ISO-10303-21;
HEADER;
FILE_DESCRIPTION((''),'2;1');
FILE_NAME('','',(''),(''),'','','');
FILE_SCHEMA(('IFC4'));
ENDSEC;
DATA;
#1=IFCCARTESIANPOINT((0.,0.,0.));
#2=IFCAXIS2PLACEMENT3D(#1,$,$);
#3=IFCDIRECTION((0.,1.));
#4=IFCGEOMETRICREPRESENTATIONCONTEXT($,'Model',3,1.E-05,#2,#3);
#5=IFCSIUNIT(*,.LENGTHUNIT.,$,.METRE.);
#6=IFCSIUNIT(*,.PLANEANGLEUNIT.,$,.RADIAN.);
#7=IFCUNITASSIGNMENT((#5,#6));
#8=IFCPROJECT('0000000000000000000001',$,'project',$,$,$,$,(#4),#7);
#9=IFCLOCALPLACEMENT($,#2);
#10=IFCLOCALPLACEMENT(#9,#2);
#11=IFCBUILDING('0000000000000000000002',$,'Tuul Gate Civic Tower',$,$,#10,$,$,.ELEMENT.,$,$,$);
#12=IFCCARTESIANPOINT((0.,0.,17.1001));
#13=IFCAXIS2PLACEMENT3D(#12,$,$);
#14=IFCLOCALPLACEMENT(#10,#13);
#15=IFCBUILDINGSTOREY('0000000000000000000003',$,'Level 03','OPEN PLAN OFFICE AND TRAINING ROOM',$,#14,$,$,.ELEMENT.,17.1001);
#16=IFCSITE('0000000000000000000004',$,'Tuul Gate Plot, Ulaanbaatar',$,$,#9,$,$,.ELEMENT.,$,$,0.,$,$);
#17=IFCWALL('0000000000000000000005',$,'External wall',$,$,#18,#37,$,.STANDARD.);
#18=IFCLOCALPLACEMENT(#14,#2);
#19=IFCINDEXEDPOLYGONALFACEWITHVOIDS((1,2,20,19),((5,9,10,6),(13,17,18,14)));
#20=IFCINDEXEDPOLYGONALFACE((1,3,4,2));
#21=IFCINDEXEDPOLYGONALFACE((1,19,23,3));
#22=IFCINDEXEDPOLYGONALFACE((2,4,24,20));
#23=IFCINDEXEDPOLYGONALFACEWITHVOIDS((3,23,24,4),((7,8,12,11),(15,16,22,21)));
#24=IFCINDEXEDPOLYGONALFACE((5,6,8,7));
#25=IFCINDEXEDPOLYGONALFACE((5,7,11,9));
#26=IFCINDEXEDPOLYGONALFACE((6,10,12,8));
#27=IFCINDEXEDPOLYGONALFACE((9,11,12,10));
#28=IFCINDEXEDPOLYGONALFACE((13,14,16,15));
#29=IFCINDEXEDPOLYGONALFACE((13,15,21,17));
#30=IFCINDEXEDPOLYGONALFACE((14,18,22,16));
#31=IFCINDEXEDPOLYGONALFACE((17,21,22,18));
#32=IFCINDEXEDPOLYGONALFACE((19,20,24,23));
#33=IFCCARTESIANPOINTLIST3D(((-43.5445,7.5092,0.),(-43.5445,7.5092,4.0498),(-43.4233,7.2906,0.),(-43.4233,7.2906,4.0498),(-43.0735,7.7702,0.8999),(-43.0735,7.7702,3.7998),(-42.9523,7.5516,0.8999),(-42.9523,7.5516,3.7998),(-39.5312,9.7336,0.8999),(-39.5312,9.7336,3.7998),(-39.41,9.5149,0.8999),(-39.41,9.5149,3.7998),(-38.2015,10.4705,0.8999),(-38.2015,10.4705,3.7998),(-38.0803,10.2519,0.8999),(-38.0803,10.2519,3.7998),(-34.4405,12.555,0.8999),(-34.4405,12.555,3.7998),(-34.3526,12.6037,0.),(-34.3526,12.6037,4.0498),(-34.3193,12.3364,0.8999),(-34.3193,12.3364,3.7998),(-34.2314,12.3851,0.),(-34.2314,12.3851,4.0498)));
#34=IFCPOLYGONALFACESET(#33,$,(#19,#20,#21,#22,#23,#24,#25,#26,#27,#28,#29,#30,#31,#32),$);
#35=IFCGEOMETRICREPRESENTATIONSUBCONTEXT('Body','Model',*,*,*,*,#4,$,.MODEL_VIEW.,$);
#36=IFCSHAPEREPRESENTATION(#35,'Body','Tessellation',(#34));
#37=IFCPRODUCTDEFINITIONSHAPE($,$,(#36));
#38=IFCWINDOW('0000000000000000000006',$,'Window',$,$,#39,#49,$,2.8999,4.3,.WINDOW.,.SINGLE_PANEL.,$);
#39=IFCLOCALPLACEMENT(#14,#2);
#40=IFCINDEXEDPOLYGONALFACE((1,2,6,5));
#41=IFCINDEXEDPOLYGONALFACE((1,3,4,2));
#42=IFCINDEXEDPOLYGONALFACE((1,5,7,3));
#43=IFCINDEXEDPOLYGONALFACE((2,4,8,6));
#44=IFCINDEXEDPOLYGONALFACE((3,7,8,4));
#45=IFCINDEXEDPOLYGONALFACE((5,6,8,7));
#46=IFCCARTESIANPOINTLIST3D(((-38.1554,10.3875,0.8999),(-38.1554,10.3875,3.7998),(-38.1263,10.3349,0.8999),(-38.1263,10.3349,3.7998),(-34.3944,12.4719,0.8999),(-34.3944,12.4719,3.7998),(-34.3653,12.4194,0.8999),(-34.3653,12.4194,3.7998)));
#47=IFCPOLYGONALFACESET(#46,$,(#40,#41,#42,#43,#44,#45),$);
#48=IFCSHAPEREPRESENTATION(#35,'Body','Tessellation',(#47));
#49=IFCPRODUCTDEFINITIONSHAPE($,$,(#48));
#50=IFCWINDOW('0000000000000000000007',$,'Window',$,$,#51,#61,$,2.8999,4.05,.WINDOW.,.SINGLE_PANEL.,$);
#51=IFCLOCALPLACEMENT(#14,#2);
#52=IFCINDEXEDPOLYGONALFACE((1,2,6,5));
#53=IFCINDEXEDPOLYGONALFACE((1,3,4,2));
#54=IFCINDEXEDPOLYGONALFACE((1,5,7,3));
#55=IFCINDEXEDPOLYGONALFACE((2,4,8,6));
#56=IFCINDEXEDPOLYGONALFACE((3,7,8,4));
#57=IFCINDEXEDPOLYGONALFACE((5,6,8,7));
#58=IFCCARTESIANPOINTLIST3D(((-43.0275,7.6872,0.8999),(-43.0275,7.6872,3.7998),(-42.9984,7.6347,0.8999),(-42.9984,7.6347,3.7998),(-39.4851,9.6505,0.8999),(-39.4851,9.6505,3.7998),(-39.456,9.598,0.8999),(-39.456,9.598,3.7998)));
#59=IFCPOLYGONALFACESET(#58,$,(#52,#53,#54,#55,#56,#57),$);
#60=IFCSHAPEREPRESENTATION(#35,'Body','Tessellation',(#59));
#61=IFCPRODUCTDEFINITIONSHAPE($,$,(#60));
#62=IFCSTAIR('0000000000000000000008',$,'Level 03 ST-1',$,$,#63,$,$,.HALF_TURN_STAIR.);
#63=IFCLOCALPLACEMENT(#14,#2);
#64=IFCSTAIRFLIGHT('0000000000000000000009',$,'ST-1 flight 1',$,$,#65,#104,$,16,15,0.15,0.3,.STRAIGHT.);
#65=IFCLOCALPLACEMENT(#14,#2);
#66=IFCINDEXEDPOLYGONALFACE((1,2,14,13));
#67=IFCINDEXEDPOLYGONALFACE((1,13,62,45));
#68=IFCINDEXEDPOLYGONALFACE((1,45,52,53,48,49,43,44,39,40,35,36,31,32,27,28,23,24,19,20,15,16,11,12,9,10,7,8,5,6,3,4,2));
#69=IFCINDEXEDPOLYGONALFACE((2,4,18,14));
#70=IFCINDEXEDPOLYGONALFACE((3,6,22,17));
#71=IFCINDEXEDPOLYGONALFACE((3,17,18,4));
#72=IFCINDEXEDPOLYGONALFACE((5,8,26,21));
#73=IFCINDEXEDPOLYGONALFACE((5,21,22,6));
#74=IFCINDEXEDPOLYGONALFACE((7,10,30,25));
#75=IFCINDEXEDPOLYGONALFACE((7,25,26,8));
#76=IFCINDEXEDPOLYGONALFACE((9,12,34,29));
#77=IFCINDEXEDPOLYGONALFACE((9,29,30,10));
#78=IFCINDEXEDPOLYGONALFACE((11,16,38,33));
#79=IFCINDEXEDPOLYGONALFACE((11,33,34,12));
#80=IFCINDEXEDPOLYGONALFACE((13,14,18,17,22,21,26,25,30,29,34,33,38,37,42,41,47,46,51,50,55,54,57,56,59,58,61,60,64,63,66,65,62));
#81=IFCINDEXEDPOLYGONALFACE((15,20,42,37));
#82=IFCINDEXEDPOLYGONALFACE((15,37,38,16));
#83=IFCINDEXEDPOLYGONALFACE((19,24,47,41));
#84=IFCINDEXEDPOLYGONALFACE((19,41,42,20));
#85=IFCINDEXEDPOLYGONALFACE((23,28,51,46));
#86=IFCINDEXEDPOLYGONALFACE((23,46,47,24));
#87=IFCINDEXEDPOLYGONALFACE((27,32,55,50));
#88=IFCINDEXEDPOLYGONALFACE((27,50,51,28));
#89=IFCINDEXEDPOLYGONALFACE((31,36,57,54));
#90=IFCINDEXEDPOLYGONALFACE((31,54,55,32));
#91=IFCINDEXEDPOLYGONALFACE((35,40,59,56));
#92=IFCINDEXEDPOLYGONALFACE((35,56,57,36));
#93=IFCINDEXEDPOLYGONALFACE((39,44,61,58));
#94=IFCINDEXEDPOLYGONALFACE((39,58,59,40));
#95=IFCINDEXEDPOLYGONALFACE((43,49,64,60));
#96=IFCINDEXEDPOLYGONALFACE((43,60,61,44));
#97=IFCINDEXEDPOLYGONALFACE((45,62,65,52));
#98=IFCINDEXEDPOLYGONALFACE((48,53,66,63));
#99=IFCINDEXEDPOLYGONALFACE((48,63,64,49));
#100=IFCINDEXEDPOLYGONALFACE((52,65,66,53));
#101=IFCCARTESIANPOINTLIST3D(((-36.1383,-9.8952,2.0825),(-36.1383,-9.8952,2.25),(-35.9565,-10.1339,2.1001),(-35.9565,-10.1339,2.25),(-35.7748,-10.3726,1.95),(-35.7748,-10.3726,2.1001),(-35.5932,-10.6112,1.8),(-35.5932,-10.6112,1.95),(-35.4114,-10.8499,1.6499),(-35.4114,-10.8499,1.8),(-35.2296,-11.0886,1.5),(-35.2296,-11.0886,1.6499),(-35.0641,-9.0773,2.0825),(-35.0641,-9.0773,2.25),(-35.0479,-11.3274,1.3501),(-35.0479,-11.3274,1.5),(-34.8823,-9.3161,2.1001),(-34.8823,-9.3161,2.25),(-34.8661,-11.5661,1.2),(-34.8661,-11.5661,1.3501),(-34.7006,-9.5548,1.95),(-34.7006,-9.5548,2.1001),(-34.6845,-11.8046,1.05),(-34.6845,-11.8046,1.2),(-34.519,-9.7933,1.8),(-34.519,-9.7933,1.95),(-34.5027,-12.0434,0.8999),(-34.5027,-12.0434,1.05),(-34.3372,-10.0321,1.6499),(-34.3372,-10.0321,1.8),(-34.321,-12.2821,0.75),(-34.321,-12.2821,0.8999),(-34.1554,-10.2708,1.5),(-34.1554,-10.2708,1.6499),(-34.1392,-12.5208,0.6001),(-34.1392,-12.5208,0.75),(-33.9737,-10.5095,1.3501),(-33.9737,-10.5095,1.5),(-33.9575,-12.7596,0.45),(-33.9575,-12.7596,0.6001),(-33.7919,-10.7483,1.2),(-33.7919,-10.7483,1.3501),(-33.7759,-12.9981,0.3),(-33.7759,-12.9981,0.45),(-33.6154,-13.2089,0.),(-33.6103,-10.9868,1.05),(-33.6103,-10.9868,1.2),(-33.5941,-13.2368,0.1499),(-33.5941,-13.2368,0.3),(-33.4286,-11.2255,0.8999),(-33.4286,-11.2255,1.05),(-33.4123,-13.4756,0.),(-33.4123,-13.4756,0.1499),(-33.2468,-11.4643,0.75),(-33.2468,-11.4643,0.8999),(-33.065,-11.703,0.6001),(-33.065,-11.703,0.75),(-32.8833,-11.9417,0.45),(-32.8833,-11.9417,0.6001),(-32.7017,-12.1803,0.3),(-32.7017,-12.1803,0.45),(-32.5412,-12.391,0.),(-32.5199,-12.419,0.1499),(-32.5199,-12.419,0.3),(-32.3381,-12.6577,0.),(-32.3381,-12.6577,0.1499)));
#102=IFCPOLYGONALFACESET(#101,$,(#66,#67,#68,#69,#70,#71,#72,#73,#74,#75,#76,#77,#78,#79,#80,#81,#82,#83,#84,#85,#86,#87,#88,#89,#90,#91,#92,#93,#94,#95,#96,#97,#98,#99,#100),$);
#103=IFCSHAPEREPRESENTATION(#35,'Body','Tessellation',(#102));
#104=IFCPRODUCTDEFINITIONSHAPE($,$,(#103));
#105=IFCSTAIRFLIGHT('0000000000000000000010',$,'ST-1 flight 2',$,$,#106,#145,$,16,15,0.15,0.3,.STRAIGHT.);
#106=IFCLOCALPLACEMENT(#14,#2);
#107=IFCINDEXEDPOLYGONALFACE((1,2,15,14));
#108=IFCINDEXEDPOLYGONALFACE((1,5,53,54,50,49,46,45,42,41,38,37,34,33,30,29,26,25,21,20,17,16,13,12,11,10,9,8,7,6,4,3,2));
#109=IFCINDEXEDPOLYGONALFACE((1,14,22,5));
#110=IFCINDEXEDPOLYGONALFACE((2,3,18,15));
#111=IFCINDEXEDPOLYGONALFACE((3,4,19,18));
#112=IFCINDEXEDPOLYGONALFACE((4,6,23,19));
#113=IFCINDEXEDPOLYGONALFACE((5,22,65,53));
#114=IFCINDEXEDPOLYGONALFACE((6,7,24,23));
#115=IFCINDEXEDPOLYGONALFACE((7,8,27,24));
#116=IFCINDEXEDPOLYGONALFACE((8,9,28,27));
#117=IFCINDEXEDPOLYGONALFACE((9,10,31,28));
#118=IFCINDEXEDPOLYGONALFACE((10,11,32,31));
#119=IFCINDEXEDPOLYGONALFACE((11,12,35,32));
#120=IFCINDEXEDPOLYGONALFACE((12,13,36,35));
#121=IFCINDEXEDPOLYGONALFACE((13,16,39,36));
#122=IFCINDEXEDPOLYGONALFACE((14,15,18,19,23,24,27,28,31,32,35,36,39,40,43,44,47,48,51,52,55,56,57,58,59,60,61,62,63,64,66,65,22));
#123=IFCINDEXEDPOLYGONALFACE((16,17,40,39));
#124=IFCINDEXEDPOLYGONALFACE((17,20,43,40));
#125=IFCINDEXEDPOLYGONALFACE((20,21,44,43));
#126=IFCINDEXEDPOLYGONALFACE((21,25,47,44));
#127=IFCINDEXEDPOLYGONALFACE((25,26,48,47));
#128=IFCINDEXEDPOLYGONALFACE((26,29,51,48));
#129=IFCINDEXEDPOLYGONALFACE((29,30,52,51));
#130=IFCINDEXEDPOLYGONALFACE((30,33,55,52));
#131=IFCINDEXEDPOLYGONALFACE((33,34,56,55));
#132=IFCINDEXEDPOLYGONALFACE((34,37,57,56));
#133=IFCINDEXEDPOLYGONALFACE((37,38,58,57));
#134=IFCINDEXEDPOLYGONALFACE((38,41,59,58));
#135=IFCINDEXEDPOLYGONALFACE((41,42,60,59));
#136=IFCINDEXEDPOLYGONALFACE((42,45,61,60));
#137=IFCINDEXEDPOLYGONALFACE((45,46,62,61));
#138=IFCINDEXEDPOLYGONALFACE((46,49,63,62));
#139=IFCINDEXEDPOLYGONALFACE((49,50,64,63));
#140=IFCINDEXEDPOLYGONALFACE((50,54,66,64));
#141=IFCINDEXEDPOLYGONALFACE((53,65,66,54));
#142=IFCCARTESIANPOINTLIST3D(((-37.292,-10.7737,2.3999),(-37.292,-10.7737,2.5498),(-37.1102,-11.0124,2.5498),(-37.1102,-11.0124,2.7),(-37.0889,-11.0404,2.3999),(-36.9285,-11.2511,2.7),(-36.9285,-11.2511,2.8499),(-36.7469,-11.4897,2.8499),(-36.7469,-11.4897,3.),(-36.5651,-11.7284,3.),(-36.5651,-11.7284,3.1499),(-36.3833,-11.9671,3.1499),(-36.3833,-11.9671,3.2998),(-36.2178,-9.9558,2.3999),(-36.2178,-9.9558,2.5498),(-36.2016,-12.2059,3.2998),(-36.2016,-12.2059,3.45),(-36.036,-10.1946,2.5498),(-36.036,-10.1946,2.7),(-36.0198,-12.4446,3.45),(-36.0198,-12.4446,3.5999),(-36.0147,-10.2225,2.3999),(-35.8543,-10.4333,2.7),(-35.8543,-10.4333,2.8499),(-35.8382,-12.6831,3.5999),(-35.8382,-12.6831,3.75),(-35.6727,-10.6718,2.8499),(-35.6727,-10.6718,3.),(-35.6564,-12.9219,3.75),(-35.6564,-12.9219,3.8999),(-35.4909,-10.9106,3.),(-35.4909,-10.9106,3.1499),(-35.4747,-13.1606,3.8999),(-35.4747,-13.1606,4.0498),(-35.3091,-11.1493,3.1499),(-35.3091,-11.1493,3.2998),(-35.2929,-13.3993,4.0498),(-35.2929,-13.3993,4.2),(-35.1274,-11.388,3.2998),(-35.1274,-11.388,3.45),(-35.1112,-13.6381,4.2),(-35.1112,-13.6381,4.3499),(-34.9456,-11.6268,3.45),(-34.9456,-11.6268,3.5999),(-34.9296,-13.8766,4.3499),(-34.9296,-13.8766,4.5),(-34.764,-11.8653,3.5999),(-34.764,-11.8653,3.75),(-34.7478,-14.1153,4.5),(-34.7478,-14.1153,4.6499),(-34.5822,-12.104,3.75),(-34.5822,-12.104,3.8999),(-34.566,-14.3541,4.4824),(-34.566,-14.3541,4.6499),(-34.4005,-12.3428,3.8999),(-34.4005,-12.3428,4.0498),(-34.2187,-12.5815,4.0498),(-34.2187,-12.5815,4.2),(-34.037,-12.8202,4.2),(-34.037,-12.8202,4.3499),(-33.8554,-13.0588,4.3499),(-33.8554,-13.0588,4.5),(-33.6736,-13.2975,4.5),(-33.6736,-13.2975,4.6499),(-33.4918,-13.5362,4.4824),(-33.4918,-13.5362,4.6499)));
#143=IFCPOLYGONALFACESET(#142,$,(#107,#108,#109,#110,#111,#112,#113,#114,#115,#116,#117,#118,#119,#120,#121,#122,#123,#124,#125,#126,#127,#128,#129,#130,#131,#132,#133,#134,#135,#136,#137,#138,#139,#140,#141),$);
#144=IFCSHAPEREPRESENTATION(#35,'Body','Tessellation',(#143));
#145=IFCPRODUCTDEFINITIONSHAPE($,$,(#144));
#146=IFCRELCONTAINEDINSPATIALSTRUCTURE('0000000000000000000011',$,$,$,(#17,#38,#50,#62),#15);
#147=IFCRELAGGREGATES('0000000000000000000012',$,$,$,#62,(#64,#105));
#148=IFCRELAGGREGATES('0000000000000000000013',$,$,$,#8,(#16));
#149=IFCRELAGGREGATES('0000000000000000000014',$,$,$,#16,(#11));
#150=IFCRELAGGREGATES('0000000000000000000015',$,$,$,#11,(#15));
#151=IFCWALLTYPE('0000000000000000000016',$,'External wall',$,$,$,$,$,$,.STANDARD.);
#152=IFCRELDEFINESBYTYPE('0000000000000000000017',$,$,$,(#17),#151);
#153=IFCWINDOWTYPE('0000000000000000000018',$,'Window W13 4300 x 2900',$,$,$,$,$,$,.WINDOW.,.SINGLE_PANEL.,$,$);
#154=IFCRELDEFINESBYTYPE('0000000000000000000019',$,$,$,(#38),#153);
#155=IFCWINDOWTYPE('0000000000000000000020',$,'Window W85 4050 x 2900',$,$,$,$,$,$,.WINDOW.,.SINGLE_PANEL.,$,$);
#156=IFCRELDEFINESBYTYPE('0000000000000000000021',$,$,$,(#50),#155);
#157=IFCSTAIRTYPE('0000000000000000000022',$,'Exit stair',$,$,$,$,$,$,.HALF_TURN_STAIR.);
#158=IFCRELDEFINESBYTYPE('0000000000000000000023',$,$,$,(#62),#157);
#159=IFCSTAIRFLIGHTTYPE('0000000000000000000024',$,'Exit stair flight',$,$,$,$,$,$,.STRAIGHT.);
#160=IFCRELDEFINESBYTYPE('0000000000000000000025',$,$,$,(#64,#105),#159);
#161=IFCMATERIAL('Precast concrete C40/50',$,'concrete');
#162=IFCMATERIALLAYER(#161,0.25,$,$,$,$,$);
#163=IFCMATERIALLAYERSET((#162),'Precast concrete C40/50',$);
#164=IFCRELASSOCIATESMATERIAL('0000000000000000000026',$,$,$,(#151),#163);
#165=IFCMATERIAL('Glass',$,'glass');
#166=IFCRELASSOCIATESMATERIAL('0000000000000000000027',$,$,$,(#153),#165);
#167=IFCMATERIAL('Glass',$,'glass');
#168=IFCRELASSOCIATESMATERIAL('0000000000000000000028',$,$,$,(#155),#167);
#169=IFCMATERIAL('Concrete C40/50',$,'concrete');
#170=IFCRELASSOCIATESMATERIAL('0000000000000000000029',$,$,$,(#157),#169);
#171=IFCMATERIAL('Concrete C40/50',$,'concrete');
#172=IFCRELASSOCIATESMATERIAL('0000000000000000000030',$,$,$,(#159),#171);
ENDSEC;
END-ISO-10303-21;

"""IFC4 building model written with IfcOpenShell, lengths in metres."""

from ifc_helpers import new_model, si_unit, direction, frame, frame_2d, origin, place, context, subcontext, project, spatial, polyline, rectangle, outline, extrude, material, layer, layer_set, type_object, element, fill, aggregate, save


model = new_model("IFC4")

# Units and contexts
model_context = context("Model", 3, precision=1e-05, world=origin(), true_north=direction((0.0, 1.0)))
body_context = subcontext(model_context, "Body", "Model", "MODEL_VIEW")
ifc_project = project(units=[si_unit("LENGTHUNIT", "METRE"), si_unit("PLANEANGLEUNIT", "RADIAN")], contexts=[model_context])

# Site, building, storey
site_placement = place(None, origin())
site = spatial("IfcSite", under=ifc_project, at=site_placement, Name="Tuul Gate Plot, Ulaanbaatar", CompositionType="ELEMENT", RefElevation=0.0)
building_placement = place(site_placement, origin())
building = spatial("IfcBuilding", under=site, at=building_placement, Name="Tuul Gate Civic Tower", CompositionType="ELEMENT")
storey_placement = place(building_placement, frame((0.0, 0.0, 17.1001)))
storey = spatial("IfcBuildingStorey", under=building, at=storey_placement, Name="Level 03", Description="OPEN PLAN OFFICE AND TRAINING ROOM", CompositionType="ELEMENT", Elevation=17.1001)

# Wall, openings, windows
ifc_material_1 = material(Name="Precast concrete C40/50", Category="concrete")
ifc_layer_1 = layer(ifc_material_1, 0.25)
ifc_layer_set_1 = layer_set([ifc_layer_1], Name="Precast concrete C40/50")
wall_type_1 = type_object("IfcWallType", Name="External wall", PredefinedType="STANDARD", material=ifc_layer_set_1)
wall_1_placement = place(storey_placement, frame((-34.292, 12.4944, 0.0), z_axis=(0.0, 0.0, 1.0), x_axis=(-0.874647, -0.484761, 0.0)))
wall_1 = element("IfcWall", 1, at=wall_1_placement, inside=storey, type_object=wall_type_1, Name="External wall", PredefinedType="STANDARD", context=body_context, shape_type="SweptSolid", body=[
    extrude(rectangle(XDim=10.5093, YDim=0.25, at=frame_2d((5.2546, 0.0))), origin(), (0.0, 0.0, 1.0), 4.0498),
])
opening_1_placement = place(wall_1_placement, frame((0.1006, 0.0, 0.8999)))
opening_1 = element("IfcOpeningElement", 2, at=opening_1_placement, cuts=wall_1, PredefinedType="OPENING", context=body_context, shape_type="SweptSolid", body=[
    extrude(rectangle(XDim=4.3, YDim=2.8999, at=frame_2d((2.1499, 1.45))), frame((0.0, 0.135, 0.0), z_axis=(0.0, -1.0, 0.0), x_axis=(1.0, 0.0, 0.0)), (0.0, 0.0, 1.0), 0.27),
])
opening_2_placement = place(wall_1_placement, frame((5.9209, 0.0, 0.8999)))
opening_2 = element("IfcOpeningElement", 3, at=opening_2_placement, cuts=wall_1, PredefinedType="OPENING", context=body_context, shape_type="SweptSolid", body=[
    extrude(rectangle(XDim=4.05, YDim=2.8999, at=frame_2d((2.0249, 1.45))), frame((0.0, 0.135, 0.0), z_axis=(0.0, -1.0, 0.0), x_axis=(1.0, 0.0, 0.0)), (0.0, 0.0, 1.0), 0.27),
])
ifc_material_2 = material(Name="Glass", Category="glass")
window_type_1 = type_object("IfcWindowType", Name="Window W13 4300 x 2900", PartitioningType="SINGLE_PANEL", PredefinedType="WINDOW", material=ifc_material_2)
window_1_placement = place(opening_1_placement, origin())
window_1 = element("IfcWindow", 4, at=window_1_placement, inside=storey, type_object=window_type_1, Name="Window", OverallHeight=2.8999, OverallWidth=4.3, PartitioningType="SINGLE_PANEL", PredefinedType="WINDOW", context=body_context, shape_type="SweptSolid", body=[
    extrude(rectangle(XDim=4.3, YDim=2.8999, at=frame_2d((2.1499, 1.45))), frame((0.0, 0.03, 0.0), z_axis=(0.0, -1.0, 0.0), x_axis=(1.0, 0.0, 0.0)), (0.0, 0.0, 1.0), 0.0601),
])
fill(opening_1, window_1)
ifc_material_3 = material(Name="Glass", Category="glass")
window_type_2 = type_object("IfcWindowType", Name="Window W85 4050 x 2900", PartitioningType="SINGLE_PANEL", PredefinedType="WINDOW", material=ifc_material_3)
window_2_placement = place(opening_2_placement, origin())
window_2 = element("IfcWindow", 5, at=window_2_placement, inside=storey, type_object=window_type_2, Name="Window", OverallHeight=2.8999, OverallWidth=4.05, PartitioningType="SINGLE_PANEL", PredefinedType="WINDOW", context=body_context, shape_type="SweptSolid", body=[
    extrude(rectangle(XDim=4.05, YDim=2.8999, at=frame_2d((2.0249, 1.45))), frame((0.0, 0.03, 0.0), z_axis=(0.0, -1.0, 0.0), x_axis=(1.0, 0.0, 0.0)), (0.0, 0.0, 1.0), 0.0601),
])
fill(opening_2, window_2)

# Stair, stair flights
ifc_material_4 = material(Name="Concrete C40/50", Category="concrete")
stair_type = type_object("IfcStairType", Name="Exit stair", PredefinedType="HALF_TURN_STAIR", material=ifc_material_4)
stair_1_placement = place(storey_placement, origin())
stair_1 = element("IfcStair", 6, at=stair_1_placement, inside=storey, type_object=stair_type, Name="Level 03 ST-1", PredefinedType="HALF_TURN_STAIR")
ifc_material_5 = material(Name="Concrete C40/50", Category="concrete")
stair_flight_type = type_object("IfcStairFlightType", Name="Exit stair flight", PredefinedType="STRAIGHT", material=ifc_material_5)
stair_flight_1_placement = place(storey_placement, frame((-32.8752, -13.0667, 0.0), z_axis=(0.0, 0.0, 1.0), x_axis=(-0.605764, 0.795644, 0.0)))
stair_flight_1 = element("IfcStairFlight", 7, at=stair_flight_1_placement, type_object=stair_flight_type, Name="ST-1 flight 1", NumberOfRisers=16, NumberOfTreads=15, PredefinedType="STRAIGHT", RiserHeight=0.15, TreadLength=0.3, context=body_context, shape_type="SweptSolid", body=[
    extrude(outline(polyline([(0.0, 0.0), (0.0, 0.1499), (0.3, 0.1499), (0.3, 0.3), (0.6001, 0.3), (0.6001, 0.45), (0.8999, 0.45), (0.8999, 0.6001), (1.2, 0.6001), (1.2, 0.75), (1.5, 0.75), (1.5, 0.8999), (1.8, 0.8999), (1.8, 1.05), (2.1001, 1.05), (2.1001, 1.2), (2.3999, 1.2), (2.3999, 1.3501), (2.7, 1.3501), (2.7, 1.5), (3.0, 1.5), (3.0, 1.6499), (3.3, 1.6499), (3.3, 1.8), (3.6001, 1.8), (3.6001, 1.95), (3.8999, 1.95), (3.8999, 2.1001), (4.2, 2.1001), (4.2, 2.25), (4.5, 2.25), (4.5, 2.3999), (4.5, 2.0825), (0.3352, 0.0), (0.0, 0.0)])), frame((0.0, 0.675, 0.0), z_axis=(0.0, -1.0, 0.0), x_axis=(1.0, 0.0, 0.0)), (0.0, 0.0, 1.0), 1.3501),
])
stair_flight_2_placement = place(storey_placement, frame((-36.7549, -10.3647, 2.3999), z_axis=(0.0, 0.0, 1.0), x_axis=(0.605764, -0.795644, 0.0)))
stair_flight_2 = element("IfcStairFlight", 8, at=stair_flight_2_placement, type_object=stair_flight_type, Name="ST-1 flight 2", NumberOfRisers=16, NumberOfTreads=15, PredefinedType="STRAIGHT", RiserHeight=0.15, TreadLength=0.3, context=body_context, shape_type="SweptSolid", body=[
    extrude(outline(polyline([(0.0, 0.0), (0.0, 0.1499), (0.3, 0.1499), (0.3, 0.3), (0.6001, 0.3), (0.6001, 0.45), (0.8999, 0.45), (0.8999, 0.6001), (1.2, 0.6001), (1.2, 0.75), (1.5, 0.75), (1.5, 0.8999), (1.8, 0.8999), (1.8, 1.05), (2.1001, 1.05), (2.1001, 1.2), (2.3999, 1.2), (2.3999, 1.3501), (2.7, 1.3501), (2.7, 1.5), (3.0, 1.5), (3.0, 1.6499), (3.3, 1.6499), (3.3, 1.8), (3.6001, 1.8), (3.6001, 1.95), (3.8999, 1.95), (3.8999, 2.1001), (4.2, 2.1001), (4.2, 2.25), (4.5, 2.25), (4.5, 2.3999), (4.5, 2.0825), (0.3352, 0.0), (0.0, 0.0)])), frame((0.0, 0.675, 0.0), z_axis=(0.0, -1.0, 0.0), x_axis=(1.0, 0.0, 0.0)), (0.0, 0.0, 1.0), 1.3501),
])
aggregate(stair_1, [stair_flight_1, stair_flight_2])

save(model, "model.ifc")
